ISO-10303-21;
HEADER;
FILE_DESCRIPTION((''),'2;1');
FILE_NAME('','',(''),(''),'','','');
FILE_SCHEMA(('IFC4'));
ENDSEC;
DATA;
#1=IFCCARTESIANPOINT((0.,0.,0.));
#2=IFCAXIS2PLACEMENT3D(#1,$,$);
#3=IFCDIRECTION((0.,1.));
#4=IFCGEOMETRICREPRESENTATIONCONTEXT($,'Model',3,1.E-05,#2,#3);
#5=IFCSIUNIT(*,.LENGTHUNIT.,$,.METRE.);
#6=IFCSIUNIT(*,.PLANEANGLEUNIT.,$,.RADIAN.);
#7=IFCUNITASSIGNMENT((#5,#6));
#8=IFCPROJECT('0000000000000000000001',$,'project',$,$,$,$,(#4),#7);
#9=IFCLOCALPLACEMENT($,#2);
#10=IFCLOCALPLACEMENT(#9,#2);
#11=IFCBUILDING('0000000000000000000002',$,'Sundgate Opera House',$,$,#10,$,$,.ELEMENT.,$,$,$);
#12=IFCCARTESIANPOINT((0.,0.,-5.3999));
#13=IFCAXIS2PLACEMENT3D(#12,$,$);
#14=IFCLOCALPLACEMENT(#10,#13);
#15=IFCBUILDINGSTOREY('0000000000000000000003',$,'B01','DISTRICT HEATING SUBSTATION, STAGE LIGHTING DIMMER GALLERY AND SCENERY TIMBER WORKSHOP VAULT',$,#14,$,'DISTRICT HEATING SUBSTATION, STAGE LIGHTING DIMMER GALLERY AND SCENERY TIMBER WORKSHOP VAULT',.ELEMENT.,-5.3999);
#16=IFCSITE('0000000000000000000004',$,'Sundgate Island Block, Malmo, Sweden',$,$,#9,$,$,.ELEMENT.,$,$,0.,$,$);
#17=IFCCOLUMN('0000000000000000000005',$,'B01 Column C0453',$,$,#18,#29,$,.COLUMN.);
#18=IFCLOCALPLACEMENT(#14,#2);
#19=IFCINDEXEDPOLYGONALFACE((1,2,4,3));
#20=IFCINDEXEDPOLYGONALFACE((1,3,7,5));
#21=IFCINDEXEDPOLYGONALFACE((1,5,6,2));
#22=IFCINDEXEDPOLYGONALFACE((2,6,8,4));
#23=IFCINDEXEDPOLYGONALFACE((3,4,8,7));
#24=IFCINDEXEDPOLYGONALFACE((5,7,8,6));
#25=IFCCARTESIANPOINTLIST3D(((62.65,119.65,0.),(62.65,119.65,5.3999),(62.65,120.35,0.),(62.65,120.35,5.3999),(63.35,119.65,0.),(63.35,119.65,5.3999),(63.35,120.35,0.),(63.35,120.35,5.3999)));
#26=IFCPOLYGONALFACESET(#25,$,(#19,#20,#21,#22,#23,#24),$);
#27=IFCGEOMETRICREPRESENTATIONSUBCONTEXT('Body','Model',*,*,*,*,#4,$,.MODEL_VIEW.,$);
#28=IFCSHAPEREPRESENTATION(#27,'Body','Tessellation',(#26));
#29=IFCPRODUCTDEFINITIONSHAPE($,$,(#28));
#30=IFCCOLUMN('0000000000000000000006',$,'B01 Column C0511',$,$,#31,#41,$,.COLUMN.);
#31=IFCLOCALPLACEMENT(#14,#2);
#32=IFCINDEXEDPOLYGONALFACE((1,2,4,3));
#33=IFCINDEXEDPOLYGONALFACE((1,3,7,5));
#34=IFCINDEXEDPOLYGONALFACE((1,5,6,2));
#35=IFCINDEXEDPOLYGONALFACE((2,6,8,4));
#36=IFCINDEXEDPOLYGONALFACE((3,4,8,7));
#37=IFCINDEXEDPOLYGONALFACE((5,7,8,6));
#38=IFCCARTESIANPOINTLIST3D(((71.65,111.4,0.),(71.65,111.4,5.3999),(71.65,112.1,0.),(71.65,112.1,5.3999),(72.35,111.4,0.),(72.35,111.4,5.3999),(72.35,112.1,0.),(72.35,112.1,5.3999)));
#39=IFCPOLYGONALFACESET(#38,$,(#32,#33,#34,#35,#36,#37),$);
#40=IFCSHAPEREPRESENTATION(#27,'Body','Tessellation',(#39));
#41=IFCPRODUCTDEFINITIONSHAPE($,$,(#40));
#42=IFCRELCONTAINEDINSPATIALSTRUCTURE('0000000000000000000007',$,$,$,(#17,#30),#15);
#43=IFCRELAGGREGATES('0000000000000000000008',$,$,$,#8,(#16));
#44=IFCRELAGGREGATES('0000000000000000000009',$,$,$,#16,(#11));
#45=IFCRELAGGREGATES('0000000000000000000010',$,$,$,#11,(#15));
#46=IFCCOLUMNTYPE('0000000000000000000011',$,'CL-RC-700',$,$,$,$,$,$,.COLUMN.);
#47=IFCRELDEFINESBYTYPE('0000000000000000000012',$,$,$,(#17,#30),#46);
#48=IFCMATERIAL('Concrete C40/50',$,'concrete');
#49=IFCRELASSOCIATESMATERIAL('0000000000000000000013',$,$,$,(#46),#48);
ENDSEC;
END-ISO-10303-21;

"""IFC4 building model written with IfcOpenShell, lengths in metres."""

from ifc_helpers import new_model, si_unit, direction, frame, origin, origin_2d, place, context, subcontext, project, spatial, rectangle, extrude, material, material_profile, profile_set, type_object, element, save


model = new_model("IFC4")

# Units and contexts
model_context = context("Model", 3, precision=1e-05, world=origin(), true_north=direction((0.0, 1.0)))
body_context = subcontext(model_context, "Body", "Model", "MODEL_VIEW")
ifc_project = project(units=[si_unit("LENGTHUNIT", "METRE"), si_unit("PLANEANGLEUNIT", "RADIAN")], contexts=[model_context])

# Site, building, storey
site_placement = place(None, origin())
site = spatial("IfcSite", under=ifc_project, at=site_placement, Name="Sundgate Island Block, Malmo, Sweden", CompositionType="ELEMENT", RefElevation=0.0)
building_placement = place(site_placement, origin())
building = spatial("IfcBuilding", under=site, at=building_placement, Name="Sundgate Opera House", CompositionType="ELEMENT")
storey_placement = place(building_placement, frame((0.0, 0.0, -5.3999)))
storey = spatial("IfcBuildingStorey", under=building, at=storey_placement, Name="B01", Description="DISTRICT HEATING SUBSTATION, STAGE LIGHTING DIMMER GALLERY AND SCENERY TIMBER WORKSHOP VAULT", LongName="DISTRICT HEATING SUBSTATION, STAGE LIGHTING DIMMER GALLERY AND SCENERY TIMBER WORKSHOP VAULT", CompositionType="ELEMENT", Elevation=-5.3999)

# Columns
ifc_material_1 = material(Name="Concrete C40/50", Category="concrete")
ifc_material_profile_1 = material_profile(ifc_material_1, rectangle(XDim=0.7, YDim=0.7, at=origin_2d()), Name="RC 700x700")
ifc_profile_set_1 = profile_set([ifc_material_profile_1], Name="Concrete C40/50")
column_type = type_object("IfcColumnType", Name="CL-RC-700", PredefinedType="COLUMN", material=ifc_profile_set_1)
for number, where, z_axis, x_axis, name in (
    (1, (63.0, 120.0, 0.0), (0.0, 0.0, 1.0), (1.0, 0.0, 0.0), "B01 Column C0453"),
    (2, (72.0, 111.75, 0.0), (0.0, 0.0, 1.0), (1.0, 0.0, 0.0), "B01 Column C0511"),
):
    element("IfcColumn", number, at=place(storey_placement, frame(where, z_axis=z_axis, x_axis=x_axis)), inside=storey, type_object=column_type, Name=name, PredefinedType="COLUMN", context=body_context, shape_type="SweptSolid", body=[
        extrude(rectangle(XDim=0.7, YDim=0.7, at=origin_2d()), origin(), (0.0, 0.0, 1.0), 5.3999),
    ])

save(model, "model.ifc")
